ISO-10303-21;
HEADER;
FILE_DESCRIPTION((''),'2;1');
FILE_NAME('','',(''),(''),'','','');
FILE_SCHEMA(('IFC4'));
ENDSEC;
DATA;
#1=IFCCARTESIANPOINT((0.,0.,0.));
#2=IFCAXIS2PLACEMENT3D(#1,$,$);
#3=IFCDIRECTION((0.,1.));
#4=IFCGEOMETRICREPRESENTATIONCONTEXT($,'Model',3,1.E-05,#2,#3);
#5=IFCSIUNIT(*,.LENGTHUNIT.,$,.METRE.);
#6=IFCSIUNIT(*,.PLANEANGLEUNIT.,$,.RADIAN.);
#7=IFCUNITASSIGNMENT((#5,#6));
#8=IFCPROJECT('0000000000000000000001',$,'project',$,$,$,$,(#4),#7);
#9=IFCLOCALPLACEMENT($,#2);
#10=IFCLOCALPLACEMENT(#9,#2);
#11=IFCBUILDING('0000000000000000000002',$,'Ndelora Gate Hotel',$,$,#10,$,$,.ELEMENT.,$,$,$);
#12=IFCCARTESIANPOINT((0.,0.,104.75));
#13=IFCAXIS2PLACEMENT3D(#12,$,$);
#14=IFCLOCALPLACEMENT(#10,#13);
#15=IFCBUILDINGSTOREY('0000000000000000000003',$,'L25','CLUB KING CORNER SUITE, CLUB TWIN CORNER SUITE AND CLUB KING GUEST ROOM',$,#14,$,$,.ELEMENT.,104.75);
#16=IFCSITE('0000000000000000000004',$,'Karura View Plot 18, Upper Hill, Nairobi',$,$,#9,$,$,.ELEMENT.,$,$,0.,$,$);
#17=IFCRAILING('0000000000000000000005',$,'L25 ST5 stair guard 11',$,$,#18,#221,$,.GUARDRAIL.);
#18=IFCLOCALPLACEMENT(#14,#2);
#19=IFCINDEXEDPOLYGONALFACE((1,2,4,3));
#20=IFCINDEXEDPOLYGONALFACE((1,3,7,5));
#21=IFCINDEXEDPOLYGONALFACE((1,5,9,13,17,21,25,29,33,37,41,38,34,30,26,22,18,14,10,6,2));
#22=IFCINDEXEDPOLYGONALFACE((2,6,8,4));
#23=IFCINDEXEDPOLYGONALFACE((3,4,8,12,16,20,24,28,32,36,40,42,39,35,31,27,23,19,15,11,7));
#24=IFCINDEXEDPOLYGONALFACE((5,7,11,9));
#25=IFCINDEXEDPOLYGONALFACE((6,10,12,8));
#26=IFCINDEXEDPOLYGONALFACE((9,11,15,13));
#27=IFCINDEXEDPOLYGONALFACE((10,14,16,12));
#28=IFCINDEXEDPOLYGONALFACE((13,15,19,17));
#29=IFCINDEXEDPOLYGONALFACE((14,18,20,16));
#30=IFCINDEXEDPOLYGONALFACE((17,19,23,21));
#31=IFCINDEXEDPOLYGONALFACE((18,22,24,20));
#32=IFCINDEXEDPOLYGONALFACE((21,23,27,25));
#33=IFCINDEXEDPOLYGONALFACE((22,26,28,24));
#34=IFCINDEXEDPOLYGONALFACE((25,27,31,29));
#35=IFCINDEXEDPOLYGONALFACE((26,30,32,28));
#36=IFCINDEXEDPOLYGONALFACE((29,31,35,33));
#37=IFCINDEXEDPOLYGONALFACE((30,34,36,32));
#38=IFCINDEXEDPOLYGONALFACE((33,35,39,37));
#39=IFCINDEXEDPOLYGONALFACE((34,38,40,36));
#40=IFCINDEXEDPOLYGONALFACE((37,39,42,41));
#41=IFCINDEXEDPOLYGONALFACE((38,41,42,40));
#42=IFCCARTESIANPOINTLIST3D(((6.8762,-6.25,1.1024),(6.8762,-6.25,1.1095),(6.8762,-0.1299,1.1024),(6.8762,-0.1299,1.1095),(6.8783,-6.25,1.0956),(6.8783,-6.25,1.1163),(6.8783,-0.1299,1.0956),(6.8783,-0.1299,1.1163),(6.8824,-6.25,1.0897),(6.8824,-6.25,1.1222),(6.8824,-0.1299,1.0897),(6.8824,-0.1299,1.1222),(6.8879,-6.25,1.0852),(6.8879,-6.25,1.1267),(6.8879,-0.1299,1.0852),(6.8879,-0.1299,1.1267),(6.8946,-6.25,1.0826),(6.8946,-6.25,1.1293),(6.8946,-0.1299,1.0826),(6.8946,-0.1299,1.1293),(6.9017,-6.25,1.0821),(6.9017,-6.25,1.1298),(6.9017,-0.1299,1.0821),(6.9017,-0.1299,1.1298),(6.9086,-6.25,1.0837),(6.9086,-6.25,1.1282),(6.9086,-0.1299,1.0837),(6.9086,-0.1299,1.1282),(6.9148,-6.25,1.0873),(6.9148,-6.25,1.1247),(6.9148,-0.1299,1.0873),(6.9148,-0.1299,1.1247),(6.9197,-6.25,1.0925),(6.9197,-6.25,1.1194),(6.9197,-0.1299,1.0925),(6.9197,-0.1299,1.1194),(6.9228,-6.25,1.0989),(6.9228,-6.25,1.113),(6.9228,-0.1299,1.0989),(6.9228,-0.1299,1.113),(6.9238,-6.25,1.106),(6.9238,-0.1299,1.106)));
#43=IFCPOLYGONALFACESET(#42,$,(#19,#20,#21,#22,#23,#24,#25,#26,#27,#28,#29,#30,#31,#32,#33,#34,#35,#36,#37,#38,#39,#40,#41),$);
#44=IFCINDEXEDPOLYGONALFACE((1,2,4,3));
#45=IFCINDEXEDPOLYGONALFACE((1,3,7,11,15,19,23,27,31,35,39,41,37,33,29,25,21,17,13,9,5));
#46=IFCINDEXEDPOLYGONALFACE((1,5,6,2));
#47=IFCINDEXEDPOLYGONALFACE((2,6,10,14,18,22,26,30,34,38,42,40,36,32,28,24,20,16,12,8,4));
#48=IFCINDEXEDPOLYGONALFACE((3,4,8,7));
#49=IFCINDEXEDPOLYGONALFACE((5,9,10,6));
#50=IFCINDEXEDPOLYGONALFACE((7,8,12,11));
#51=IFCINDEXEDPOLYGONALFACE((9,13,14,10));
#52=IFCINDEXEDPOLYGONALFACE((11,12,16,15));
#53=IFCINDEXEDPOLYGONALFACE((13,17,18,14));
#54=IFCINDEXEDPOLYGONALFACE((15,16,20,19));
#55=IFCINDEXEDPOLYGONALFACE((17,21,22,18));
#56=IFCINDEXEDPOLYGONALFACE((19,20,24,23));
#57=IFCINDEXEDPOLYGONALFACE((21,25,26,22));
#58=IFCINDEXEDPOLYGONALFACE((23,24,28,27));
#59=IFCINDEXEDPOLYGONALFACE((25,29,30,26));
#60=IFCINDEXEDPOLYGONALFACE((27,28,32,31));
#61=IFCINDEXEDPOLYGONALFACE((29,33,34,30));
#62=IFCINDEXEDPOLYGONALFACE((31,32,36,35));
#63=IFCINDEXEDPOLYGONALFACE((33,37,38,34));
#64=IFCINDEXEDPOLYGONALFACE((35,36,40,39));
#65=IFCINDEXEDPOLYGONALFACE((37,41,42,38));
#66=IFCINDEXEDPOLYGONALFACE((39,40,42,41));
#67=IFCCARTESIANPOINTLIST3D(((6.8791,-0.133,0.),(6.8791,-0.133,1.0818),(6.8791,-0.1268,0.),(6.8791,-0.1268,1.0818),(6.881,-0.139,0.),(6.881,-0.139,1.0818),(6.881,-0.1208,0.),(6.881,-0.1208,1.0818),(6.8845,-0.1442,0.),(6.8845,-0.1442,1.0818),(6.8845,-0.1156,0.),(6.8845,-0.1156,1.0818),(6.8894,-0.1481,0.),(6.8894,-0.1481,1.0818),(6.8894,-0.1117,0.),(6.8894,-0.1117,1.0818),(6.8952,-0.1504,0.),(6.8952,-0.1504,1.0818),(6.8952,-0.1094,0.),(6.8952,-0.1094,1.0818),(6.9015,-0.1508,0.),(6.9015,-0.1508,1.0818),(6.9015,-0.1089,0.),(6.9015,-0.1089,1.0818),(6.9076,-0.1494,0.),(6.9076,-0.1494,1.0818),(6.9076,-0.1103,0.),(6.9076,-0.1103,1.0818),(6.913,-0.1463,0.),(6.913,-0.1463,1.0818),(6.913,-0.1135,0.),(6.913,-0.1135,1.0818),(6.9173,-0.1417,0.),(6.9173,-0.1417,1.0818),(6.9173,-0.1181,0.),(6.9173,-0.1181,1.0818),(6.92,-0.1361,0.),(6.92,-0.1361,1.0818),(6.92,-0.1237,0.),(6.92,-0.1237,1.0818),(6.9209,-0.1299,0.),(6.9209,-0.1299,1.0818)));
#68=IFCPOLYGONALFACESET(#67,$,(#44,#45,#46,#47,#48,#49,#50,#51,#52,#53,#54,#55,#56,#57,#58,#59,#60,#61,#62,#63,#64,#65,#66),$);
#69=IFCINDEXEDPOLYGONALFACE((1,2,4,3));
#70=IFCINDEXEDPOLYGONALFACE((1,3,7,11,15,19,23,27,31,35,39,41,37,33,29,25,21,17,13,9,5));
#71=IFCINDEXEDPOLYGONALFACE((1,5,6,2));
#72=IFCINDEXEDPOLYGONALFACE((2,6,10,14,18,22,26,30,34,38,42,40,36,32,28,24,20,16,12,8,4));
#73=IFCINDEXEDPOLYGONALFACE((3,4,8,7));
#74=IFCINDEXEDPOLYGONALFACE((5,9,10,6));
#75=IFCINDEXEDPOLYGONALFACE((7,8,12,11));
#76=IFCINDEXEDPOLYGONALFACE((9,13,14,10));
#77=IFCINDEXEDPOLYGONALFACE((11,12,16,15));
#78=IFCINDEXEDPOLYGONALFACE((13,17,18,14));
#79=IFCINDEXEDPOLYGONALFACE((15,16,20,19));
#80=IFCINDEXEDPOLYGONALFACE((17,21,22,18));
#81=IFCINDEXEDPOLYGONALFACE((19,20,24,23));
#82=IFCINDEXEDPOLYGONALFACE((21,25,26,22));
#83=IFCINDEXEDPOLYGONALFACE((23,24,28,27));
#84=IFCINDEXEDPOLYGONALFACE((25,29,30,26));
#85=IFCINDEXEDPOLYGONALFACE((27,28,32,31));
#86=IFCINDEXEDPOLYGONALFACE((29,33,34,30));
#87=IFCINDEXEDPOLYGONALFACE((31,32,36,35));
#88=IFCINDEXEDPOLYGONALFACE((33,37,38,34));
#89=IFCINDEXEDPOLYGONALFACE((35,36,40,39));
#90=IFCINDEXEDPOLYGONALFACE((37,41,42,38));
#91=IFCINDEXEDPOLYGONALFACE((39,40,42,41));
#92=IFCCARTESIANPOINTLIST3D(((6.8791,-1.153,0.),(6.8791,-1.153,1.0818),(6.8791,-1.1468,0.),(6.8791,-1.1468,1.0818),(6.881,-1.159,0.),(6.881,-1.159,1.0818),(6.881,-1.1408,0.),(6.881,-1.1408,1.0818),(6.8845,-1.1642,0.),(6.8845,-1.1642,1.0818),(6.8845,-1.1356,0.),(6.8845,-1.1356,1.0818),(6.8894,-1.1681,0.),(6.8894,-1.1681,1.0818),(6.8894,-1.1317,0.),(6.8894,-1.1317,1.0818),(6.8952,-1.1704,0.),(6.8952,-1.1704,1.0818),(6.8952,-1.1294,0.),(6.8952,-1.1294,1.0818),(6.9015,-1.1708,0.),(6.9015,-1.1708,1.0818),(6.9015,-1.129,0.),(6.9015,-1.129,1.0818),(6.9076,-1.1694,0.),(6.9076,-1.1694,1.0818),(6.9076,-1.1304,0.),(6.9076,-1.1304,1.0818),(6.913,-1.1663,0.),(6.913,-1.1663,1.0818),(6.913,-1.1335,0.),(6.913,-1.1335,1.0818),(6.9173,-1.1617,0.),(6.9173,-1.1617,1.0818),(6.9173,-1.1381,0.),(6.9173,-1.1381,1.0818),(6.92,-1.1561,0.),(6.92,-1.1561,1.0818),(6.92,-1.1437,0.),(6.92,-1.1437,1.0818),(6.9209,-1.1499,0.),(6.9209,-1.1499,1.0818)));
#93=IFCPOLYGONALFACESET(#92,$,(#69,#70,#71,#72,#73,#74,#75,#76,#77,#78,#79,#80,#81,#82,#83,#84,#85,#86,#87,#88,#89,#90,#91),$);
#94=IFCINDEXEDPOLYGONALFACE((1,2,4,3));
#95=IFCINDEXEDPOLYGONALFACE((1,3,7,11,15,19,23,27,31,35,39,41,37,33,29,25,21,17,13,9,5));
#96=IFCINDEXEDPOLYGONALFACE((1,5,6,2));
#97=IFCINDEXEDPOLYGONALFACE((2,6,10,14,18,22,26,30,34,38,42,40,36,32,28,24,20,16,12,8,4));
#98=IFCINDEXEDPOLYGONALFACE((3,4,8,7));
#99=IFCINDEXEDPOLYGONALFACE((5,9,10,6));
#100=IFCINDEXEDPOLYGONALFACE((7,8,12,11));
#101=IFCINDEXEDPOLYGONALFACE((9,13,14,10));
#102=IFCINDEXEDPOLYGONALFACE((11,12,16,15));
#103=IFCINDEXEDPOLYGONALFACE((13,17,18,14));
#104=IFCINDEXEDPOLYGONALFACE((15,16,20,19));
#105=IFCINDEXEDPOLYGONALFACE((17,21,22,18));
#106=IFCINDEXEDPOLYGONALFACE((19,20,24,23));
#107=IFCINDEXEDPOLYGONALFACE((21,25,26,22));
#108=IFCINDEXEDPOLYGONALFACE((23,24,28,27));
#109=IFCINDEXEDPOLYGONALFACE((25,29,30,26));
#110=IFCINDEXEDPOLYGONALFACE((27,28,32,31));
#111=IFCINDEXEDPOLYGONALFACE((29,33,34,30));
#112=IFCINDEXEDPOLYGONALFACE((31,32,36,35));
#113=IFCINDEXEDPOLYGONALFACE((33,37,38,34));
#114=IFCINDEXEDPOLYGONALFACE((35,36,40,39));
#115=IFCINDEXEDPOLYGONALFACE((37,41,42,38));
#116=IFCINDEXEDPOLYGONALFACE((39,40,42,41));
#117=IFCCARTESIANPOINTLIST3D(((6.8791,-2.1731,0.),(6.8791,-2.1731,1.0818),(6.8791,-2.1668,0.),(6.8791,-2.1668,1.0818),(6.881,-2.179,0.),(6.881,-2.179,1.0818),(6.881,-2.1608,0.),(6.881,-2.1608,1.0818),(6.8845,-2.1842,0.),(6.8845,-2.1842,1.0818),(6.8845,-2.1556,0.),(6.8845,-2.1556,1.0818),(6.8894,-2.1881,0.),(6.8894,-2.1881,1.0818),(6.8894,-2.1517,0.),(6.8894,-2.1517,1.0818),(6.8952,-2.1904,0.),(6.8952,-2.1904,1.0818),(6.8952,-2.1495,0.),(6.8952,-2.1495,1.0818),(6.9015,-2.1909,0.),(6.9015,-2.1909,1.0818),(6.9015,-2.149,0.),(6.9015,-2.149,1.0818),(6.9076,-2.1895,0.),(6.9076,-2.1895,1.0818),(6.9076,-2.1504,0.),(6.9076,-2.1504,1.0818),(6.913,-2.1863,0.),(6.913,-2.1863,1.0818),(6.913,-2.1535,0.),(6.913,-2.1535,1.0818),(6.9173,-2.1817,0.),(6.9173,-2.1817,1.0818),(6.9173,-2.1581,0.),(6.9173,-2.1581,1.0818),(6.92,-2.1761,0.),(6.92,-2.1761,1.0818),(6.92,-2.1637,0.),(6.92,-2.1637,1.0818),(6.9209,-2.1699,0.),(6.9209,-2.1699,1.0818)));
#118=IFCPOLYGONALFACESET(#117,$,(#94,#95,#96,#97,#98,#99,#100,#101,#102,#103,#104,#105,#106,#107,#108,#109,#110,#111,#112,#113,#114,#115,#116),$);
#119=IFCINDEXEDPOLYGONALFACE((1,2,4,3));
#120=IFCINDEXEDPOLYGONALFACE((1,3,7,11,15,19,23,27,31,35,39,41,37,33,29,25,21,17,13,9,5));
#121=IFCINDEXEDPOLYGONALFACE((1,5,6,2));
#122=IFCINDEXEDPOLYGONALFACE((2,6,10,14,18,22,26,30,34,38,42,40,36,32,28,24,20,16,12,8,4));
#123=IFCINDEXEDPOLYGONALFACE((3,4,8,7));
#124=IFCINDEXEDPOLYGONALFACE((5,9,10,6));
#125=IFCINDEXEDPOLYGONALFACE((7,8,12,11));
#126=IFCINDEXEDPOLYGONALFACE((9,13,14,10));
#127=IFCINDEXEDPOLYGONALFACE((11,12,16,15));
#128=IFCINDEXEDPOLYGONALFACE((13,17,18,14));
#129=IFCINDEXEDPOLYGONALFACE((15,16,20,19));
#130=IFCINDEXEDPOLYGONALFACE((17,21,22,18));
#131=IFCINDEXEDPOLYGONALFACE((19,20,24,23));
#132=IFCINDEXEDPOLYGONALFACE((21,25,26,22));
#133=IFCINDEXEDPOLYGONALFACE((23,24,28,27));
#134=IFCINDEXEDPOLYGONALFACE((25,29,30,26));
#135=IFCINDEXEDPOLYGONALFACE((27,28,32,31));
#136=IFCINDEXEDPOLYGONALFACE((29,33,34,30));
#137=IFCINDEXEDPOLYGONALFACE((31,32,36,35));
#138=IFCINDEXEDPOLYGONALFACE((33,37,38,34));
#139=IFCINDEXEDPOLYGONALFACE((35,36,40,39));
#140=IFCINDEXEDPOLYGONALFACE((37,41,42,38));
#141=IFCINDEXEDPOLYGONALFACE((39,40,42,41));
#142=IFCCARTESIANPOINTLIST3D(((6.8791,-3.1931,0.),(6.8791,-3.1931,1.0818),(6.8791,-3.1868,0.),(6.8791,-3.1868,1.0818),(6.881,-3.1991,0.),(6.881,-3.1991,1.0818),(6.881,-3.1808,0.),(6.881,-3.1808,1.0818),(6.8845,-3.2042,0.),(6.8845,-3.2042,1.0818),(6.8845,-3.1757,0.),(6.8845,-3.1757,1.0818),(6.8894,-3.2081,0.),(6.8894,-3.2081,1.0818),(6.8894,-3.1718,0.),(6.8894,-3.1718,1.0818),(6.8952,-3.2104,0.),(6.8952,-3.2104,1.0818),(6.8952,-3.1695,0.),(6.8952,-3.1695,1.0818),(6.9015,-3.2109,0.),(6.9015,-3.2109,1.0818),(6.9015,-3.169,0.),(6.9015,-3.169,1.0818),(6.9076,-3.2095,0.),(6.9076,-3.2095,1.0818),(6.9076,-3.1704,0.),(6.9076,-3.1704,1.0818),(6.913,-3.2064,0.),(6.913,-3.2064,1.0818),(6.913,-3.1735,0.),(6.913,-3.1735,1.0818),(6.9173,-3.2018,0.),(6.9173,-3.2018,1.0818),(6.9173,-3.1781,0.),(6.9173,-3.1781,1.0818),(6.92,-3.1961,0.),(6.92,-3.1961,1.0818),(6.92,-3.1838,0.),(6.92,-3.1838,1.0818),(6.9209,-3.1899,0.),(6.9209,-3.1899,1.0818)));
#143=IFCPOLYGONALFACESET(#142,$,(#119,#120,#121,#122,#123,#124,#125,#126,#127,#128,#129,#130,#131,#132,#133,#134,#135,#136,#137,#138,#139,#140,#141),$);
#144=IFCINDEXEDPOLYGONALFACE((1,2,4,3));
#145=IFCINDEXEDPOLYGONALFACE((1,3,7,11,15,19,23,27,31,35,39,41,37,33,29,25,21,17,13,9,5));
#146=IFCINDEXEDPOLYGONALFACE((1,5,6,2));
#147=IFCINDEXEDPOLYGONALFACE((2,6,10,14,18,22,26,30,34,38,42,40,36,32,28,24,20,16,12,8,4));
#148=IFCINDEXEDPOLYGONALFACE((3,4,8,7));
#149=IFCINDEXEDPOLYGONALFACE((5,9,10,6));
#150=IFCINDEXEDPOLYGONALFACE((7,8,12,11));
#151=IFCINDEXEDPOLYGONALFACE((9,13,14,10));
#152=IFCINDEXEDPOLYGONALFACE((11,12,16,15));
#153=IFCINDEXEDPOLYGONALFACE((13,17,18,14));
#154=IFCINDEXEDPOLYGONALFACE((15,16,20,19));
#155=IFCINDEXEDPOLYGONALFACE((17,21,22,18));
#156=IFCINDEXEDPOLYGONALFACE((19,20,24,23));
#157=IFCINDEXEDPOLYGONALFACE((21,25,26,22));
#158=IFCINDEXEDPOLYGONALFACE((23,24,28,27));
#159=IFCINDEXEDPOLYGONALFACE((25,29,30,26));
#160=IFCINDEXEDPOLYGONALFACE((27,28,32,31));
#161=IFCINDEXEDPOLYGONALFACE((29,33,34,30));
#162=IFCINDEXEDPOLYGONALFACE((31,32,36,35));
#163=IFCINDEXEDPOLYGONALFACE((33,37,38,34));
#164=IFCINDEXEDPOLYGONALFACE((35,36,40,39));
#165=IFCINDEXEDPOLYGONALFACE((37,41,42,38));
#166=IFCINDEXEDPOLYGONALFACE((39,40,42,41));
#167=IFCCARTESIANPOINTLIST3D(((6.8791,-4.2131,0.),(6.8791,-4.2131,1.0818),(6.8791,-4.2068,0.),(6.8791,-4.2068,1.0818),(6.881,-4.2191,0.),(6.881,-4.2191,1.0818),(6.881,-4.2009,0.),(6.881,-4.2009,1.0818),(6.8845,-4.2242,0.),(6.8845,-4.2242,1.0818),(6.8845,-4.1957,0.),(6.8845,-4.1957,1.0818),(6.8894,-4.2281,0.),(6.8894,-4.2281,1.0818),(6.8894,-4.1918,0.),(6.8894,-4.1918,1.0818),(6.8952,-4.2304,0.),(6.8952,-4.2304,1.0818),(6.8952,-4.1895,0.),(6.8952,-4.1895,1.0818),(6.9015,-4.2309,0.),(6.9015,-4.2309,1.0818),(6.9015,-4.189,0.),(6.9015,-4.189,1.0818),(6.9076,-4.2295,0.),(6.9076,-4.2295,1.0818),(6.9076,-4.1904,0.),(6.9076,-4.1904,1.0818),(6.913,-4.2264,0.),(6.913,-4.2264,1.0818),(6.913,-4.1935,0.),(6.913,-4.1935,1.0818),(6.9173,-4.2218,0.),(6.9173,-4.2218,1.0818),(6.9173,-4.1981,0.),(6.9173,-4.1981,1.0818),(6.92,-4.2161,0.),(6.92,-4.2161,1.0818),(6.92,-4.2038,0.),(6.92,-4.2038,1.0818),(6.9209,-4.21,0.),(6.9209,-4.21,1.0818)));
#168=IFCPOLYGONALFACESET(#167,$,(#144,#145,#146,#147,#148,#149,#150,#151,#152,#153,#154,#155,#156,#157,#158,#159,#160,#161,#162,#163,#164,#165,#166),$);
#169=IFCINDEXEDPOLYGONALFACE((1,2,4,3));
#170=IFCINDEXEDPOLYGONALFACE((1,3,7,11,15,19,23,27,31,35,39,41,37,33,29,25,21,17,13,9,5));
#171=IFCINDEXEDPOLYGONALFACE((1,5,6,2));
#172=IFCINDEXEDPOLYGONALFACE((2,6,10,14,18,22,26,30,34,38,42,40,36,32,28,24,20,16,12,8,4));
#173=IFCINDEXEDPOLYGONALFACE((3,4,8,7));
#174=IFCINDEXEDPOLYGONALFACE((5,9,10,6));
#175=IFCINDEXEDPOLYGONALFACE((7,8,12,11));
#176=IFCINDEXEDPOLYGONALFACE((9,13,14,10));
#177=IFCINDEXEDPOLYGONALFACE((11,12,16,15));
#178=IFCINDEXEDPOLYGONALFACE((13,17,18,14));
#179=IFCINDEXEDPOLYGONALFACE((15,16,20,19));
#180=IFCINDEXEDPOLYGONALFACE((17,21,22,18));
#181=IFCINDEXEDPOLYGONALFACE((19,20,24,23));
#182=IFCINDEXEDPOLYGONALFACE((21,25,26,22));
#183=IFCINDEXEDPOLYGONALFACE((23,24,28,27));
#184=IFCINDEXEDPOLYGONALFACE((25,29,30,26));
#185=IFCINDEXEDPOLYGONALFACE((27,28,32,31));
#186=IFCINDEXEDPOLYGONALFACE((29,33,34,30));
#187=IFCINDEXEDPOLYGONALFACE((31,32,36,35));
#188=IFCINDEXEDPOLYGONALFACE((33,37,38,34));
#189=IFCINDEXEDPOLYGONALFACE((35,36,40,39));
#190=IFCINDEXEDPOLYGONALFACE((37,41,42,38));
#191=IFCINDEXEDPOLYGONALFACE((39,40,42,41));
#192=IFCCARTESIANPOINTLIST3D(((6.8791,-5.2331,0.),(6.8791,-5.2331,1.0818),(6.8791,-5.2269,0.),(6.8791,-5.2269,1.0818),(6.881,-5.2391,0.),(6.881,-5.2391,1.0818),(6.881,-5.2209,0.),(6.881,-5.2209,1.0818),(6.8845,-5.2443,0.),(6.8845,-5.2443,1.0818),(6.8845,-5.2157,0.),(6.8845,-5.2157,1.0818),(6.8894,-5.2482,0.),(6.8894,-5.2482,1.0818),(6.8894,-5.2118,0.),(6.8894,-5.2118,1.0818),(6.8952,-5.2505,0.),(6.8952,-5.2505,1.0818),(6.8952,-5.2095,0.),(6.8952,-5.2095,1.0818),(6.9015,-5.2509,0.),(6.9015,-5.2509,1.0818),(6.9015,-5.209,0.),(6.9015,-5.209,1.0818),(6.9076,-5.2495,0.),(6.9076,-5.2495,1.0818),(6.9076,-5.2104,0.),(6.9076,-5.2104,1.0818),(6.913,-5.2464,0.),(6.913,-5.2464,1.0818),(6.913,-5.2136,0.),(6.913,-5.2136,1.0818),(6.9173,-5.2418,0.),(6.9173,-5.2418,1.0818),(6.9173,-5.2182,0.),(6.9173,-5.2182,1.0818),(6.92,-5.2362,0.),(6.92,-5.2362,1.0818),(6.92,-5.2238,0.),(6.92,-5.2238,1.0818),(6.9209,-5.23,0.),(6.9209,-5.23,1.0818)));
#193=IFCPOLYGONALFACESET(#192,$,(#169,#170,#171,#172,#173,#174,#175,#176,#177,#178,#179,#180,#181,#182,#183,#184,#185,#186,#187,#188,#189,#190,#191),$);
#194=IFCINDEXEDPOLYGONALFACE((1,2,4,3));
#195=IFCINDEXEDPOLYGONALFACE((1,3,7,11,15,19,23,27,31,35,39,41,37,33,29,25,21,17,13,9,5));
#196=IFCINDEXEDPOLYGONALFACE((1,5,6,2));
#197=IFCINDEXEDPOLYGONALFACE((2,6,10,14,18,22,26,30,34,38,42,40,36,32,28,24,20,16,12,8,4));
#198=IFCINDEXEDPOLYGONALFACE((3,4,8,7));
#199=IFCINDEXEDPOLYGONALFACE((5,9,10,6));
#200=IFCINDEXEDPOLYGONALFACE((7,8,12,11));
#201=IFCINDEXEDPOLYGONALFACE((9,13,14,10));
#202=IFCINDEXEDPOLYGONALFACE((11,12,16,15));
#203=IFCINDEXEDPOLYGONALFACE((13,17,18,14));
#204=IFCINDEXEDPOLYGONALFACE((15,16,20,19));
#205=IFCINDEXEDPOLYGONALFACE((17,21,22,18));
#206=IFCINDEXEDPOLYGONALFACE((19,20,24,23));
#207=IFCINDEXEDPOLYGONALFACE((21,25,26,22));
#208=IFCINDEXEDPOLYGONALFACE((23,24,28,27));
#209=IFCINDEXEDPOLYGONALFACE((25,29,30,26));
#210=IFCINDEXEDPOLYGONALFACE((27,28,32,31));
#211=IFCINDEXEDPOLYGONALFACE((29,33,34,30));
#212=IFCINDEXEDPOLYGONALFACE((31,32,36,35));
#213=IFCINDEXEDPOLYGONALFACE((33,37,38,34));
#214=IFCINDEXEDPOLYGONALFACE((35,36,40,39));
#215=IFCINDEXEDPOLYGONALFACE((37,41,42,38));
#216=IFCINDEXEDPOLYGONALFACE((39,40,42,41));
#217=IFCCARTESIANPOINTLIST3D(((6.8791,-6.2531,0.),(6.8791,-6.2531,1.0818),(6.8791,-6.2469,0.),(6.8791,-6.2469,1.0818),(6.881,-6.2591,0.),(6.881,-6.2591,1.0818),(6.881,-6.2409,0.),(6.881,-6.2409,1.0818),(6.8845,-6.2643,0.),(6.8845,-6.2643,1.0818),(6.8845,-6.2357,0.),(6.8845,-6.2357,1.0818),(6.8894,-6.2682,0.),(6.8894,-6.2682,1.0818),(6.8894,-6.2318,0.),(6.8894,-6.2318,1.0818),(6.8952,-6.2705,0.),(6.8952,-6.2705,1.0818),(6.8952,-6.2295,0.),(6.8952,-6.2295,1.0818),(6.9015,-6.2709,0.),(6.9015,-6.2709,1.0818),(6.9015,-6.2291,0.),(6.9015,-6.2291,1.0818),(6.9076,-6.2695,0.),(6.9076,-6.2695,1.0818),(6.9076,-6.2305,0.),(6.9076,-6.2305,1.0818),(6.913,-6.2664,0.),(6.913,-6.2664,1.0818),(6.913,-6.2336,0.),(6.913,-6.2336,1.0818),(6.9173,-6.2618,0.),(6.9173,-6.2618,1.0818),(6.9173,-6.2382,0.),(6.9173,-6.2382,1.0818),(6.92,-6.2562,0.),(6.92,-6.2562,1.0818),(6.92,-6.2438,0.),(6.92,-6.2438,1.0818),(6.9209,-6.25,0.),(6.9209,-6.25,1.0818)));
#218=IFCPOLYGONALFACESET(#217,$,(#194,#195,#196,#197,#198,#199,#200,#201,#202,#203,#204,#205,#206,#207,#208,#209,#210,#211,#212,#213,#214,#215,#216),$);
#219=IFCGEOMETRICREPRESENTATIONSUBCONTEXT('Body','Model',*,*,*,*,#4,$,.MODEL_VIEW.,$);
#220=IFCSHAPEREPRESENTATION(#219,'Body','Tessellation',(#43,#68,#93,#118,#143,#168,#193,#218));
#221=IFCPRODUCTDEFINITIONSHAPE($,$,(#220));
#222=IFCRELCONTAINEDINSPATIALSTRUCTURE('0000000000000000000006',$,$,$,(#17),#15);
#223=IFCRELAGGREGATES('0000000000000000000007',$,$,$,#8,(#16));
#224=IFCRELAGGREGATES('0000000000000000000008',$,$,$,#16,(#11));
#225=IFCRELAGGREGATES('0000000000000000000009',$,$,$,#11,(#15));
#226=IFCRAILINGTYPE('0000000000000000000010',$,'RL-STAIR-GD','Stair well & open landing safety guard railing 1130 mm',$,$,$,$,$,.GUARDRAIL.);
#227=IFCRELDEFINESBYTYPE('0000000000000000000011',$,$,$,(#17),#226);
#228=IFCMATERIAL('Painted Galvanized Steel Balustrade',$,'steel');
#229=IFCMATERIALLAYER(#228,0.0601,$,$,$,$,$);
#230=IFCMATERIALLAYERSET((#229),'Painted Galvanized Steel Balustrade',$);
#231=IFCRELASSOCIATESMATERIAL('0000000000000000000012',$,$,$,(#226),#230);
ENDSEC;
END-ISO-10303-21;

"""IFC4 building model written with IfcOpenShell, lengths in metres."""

from ifc_helpers import new_model, si_unit, direction, frame, origin, origin_2d, place, context, subcontext, project, spatial, circle, extrude, material, layer, layer_set, type_object, element, save


model = new_model("IFC4")

# Units and contexts
model_context = context("Model", 3, precision=1e-05, world=origin(), true_north=direction((0.0, 1.0)))
body_context = subcontext(model_context, "Body", "Model", "MODEL_VIEW")
ifc_project = project(units=[si_unit("LENGTHUNIT", "METRE"), si_unit("PLANEANGLEUNIT", "RADIAN")], contexts=[model_context])

# Site, building, storey
site_placement = place(None, origin())
site = spatial("IfcSite", under=ifc_project, at=site_placement, Name="Karura View Plot 18, Upper Hill, Nairobi", CompositionType="ELEMENT", RefElevation=0.0)
building_placement = place(site_placement, origin())
building = spatial("IfcBuilding", under=site, at=building_placement, Name="Ndelora Gate Hotel", CompositionType="ELEMENT")
storey_placement = place(building_placement, frame((0.0, 0.0, 104.75)))
storey = spatial("IfcBuildingStorey", under=building, at=storey_placement, Name="L25", Description="CLUB KING CORNER SUITE, CLUB TWIN CORNER SUITE AND CLUB KING GUEST ROOM", CompositionType="ELEMENT", Elevation=104.75)

# Railing
ifc_material_1 = material(Name="Painted Galvanized Steel Balustrade", Category="steel")
ifc_layer_1 = layer(ifc_material_1, 0.0601)
ifc_layer_set_1 = layer_set([ifc_layer_1], Name="Painted Galvanized Steel Balustrade")
railing_type = type_object("IfcRailingType", Name="RL-STAIR-GD", Description="Stair well & open landing safety guard railing 1130 mm", PredefinedType="GUARDRAIL", material=ifc_layer_set_1)
railing_placement = place(storey_placement, frame((6.8999, -0.1299, 0.0)))
element("IfcRailing", 1, at=railing_placement, inside=storey, type_object=railing_type, Name="L25 ST5 stair guard 11", PredefinedType="GUARDRAIL", context=body_context, shape_type="SweptSolid", body=[
    extrude(circle(Radius=0.0239, at=origin_2d()), frame((0.0, 0.0, 1.106), z_axis=(0.0, -1.0, 0.0), x_axis=(1.0, 0.0, 0.0)), (0.0, 0.0, 1.0), 6.1201),
    extrude(circle(Radius=0.021, at=origin_2d()), origin(), (0.0, 0.0, 1.0), 1.0818),
    extrude(circle(Radius=0.021, at=origin_2d()), frame((0.0, -1.02, 0.0)), (0.0, 0.0, 1.0), 1.0818),
    extrude(circle(Radius=0.021, at=origin_2d()), frame((0.0, -2.04, 0.0)), (0.0, 0.0, 1.0), 1.0818),
    extrude(circle(Radius=0.021, at=origin_2d()), frame((0.0, -3.0601, 0.0)), (0.0, 0.0, 1.0), 1.0818),
    extrude(circle(Radius=0.021, at=origin_2d()), frame((0.0, -4.0801, 0.0)), (0.0, 0.0, 1.0), 1.0818),
    extrude(circle(Radius=0.021, at=origin_2d()), frame((0.0, -5.1001, 0.0)), (0.0, 0.0, 1.0), 1.0818),
    extrude(circle(Radius=0.021, at=origin_2d()), frame((0.0, -6.1201, 0.0)), (0.0, 0.0, 1.0), 1.0818),
])

save(model, "model.ifc")
